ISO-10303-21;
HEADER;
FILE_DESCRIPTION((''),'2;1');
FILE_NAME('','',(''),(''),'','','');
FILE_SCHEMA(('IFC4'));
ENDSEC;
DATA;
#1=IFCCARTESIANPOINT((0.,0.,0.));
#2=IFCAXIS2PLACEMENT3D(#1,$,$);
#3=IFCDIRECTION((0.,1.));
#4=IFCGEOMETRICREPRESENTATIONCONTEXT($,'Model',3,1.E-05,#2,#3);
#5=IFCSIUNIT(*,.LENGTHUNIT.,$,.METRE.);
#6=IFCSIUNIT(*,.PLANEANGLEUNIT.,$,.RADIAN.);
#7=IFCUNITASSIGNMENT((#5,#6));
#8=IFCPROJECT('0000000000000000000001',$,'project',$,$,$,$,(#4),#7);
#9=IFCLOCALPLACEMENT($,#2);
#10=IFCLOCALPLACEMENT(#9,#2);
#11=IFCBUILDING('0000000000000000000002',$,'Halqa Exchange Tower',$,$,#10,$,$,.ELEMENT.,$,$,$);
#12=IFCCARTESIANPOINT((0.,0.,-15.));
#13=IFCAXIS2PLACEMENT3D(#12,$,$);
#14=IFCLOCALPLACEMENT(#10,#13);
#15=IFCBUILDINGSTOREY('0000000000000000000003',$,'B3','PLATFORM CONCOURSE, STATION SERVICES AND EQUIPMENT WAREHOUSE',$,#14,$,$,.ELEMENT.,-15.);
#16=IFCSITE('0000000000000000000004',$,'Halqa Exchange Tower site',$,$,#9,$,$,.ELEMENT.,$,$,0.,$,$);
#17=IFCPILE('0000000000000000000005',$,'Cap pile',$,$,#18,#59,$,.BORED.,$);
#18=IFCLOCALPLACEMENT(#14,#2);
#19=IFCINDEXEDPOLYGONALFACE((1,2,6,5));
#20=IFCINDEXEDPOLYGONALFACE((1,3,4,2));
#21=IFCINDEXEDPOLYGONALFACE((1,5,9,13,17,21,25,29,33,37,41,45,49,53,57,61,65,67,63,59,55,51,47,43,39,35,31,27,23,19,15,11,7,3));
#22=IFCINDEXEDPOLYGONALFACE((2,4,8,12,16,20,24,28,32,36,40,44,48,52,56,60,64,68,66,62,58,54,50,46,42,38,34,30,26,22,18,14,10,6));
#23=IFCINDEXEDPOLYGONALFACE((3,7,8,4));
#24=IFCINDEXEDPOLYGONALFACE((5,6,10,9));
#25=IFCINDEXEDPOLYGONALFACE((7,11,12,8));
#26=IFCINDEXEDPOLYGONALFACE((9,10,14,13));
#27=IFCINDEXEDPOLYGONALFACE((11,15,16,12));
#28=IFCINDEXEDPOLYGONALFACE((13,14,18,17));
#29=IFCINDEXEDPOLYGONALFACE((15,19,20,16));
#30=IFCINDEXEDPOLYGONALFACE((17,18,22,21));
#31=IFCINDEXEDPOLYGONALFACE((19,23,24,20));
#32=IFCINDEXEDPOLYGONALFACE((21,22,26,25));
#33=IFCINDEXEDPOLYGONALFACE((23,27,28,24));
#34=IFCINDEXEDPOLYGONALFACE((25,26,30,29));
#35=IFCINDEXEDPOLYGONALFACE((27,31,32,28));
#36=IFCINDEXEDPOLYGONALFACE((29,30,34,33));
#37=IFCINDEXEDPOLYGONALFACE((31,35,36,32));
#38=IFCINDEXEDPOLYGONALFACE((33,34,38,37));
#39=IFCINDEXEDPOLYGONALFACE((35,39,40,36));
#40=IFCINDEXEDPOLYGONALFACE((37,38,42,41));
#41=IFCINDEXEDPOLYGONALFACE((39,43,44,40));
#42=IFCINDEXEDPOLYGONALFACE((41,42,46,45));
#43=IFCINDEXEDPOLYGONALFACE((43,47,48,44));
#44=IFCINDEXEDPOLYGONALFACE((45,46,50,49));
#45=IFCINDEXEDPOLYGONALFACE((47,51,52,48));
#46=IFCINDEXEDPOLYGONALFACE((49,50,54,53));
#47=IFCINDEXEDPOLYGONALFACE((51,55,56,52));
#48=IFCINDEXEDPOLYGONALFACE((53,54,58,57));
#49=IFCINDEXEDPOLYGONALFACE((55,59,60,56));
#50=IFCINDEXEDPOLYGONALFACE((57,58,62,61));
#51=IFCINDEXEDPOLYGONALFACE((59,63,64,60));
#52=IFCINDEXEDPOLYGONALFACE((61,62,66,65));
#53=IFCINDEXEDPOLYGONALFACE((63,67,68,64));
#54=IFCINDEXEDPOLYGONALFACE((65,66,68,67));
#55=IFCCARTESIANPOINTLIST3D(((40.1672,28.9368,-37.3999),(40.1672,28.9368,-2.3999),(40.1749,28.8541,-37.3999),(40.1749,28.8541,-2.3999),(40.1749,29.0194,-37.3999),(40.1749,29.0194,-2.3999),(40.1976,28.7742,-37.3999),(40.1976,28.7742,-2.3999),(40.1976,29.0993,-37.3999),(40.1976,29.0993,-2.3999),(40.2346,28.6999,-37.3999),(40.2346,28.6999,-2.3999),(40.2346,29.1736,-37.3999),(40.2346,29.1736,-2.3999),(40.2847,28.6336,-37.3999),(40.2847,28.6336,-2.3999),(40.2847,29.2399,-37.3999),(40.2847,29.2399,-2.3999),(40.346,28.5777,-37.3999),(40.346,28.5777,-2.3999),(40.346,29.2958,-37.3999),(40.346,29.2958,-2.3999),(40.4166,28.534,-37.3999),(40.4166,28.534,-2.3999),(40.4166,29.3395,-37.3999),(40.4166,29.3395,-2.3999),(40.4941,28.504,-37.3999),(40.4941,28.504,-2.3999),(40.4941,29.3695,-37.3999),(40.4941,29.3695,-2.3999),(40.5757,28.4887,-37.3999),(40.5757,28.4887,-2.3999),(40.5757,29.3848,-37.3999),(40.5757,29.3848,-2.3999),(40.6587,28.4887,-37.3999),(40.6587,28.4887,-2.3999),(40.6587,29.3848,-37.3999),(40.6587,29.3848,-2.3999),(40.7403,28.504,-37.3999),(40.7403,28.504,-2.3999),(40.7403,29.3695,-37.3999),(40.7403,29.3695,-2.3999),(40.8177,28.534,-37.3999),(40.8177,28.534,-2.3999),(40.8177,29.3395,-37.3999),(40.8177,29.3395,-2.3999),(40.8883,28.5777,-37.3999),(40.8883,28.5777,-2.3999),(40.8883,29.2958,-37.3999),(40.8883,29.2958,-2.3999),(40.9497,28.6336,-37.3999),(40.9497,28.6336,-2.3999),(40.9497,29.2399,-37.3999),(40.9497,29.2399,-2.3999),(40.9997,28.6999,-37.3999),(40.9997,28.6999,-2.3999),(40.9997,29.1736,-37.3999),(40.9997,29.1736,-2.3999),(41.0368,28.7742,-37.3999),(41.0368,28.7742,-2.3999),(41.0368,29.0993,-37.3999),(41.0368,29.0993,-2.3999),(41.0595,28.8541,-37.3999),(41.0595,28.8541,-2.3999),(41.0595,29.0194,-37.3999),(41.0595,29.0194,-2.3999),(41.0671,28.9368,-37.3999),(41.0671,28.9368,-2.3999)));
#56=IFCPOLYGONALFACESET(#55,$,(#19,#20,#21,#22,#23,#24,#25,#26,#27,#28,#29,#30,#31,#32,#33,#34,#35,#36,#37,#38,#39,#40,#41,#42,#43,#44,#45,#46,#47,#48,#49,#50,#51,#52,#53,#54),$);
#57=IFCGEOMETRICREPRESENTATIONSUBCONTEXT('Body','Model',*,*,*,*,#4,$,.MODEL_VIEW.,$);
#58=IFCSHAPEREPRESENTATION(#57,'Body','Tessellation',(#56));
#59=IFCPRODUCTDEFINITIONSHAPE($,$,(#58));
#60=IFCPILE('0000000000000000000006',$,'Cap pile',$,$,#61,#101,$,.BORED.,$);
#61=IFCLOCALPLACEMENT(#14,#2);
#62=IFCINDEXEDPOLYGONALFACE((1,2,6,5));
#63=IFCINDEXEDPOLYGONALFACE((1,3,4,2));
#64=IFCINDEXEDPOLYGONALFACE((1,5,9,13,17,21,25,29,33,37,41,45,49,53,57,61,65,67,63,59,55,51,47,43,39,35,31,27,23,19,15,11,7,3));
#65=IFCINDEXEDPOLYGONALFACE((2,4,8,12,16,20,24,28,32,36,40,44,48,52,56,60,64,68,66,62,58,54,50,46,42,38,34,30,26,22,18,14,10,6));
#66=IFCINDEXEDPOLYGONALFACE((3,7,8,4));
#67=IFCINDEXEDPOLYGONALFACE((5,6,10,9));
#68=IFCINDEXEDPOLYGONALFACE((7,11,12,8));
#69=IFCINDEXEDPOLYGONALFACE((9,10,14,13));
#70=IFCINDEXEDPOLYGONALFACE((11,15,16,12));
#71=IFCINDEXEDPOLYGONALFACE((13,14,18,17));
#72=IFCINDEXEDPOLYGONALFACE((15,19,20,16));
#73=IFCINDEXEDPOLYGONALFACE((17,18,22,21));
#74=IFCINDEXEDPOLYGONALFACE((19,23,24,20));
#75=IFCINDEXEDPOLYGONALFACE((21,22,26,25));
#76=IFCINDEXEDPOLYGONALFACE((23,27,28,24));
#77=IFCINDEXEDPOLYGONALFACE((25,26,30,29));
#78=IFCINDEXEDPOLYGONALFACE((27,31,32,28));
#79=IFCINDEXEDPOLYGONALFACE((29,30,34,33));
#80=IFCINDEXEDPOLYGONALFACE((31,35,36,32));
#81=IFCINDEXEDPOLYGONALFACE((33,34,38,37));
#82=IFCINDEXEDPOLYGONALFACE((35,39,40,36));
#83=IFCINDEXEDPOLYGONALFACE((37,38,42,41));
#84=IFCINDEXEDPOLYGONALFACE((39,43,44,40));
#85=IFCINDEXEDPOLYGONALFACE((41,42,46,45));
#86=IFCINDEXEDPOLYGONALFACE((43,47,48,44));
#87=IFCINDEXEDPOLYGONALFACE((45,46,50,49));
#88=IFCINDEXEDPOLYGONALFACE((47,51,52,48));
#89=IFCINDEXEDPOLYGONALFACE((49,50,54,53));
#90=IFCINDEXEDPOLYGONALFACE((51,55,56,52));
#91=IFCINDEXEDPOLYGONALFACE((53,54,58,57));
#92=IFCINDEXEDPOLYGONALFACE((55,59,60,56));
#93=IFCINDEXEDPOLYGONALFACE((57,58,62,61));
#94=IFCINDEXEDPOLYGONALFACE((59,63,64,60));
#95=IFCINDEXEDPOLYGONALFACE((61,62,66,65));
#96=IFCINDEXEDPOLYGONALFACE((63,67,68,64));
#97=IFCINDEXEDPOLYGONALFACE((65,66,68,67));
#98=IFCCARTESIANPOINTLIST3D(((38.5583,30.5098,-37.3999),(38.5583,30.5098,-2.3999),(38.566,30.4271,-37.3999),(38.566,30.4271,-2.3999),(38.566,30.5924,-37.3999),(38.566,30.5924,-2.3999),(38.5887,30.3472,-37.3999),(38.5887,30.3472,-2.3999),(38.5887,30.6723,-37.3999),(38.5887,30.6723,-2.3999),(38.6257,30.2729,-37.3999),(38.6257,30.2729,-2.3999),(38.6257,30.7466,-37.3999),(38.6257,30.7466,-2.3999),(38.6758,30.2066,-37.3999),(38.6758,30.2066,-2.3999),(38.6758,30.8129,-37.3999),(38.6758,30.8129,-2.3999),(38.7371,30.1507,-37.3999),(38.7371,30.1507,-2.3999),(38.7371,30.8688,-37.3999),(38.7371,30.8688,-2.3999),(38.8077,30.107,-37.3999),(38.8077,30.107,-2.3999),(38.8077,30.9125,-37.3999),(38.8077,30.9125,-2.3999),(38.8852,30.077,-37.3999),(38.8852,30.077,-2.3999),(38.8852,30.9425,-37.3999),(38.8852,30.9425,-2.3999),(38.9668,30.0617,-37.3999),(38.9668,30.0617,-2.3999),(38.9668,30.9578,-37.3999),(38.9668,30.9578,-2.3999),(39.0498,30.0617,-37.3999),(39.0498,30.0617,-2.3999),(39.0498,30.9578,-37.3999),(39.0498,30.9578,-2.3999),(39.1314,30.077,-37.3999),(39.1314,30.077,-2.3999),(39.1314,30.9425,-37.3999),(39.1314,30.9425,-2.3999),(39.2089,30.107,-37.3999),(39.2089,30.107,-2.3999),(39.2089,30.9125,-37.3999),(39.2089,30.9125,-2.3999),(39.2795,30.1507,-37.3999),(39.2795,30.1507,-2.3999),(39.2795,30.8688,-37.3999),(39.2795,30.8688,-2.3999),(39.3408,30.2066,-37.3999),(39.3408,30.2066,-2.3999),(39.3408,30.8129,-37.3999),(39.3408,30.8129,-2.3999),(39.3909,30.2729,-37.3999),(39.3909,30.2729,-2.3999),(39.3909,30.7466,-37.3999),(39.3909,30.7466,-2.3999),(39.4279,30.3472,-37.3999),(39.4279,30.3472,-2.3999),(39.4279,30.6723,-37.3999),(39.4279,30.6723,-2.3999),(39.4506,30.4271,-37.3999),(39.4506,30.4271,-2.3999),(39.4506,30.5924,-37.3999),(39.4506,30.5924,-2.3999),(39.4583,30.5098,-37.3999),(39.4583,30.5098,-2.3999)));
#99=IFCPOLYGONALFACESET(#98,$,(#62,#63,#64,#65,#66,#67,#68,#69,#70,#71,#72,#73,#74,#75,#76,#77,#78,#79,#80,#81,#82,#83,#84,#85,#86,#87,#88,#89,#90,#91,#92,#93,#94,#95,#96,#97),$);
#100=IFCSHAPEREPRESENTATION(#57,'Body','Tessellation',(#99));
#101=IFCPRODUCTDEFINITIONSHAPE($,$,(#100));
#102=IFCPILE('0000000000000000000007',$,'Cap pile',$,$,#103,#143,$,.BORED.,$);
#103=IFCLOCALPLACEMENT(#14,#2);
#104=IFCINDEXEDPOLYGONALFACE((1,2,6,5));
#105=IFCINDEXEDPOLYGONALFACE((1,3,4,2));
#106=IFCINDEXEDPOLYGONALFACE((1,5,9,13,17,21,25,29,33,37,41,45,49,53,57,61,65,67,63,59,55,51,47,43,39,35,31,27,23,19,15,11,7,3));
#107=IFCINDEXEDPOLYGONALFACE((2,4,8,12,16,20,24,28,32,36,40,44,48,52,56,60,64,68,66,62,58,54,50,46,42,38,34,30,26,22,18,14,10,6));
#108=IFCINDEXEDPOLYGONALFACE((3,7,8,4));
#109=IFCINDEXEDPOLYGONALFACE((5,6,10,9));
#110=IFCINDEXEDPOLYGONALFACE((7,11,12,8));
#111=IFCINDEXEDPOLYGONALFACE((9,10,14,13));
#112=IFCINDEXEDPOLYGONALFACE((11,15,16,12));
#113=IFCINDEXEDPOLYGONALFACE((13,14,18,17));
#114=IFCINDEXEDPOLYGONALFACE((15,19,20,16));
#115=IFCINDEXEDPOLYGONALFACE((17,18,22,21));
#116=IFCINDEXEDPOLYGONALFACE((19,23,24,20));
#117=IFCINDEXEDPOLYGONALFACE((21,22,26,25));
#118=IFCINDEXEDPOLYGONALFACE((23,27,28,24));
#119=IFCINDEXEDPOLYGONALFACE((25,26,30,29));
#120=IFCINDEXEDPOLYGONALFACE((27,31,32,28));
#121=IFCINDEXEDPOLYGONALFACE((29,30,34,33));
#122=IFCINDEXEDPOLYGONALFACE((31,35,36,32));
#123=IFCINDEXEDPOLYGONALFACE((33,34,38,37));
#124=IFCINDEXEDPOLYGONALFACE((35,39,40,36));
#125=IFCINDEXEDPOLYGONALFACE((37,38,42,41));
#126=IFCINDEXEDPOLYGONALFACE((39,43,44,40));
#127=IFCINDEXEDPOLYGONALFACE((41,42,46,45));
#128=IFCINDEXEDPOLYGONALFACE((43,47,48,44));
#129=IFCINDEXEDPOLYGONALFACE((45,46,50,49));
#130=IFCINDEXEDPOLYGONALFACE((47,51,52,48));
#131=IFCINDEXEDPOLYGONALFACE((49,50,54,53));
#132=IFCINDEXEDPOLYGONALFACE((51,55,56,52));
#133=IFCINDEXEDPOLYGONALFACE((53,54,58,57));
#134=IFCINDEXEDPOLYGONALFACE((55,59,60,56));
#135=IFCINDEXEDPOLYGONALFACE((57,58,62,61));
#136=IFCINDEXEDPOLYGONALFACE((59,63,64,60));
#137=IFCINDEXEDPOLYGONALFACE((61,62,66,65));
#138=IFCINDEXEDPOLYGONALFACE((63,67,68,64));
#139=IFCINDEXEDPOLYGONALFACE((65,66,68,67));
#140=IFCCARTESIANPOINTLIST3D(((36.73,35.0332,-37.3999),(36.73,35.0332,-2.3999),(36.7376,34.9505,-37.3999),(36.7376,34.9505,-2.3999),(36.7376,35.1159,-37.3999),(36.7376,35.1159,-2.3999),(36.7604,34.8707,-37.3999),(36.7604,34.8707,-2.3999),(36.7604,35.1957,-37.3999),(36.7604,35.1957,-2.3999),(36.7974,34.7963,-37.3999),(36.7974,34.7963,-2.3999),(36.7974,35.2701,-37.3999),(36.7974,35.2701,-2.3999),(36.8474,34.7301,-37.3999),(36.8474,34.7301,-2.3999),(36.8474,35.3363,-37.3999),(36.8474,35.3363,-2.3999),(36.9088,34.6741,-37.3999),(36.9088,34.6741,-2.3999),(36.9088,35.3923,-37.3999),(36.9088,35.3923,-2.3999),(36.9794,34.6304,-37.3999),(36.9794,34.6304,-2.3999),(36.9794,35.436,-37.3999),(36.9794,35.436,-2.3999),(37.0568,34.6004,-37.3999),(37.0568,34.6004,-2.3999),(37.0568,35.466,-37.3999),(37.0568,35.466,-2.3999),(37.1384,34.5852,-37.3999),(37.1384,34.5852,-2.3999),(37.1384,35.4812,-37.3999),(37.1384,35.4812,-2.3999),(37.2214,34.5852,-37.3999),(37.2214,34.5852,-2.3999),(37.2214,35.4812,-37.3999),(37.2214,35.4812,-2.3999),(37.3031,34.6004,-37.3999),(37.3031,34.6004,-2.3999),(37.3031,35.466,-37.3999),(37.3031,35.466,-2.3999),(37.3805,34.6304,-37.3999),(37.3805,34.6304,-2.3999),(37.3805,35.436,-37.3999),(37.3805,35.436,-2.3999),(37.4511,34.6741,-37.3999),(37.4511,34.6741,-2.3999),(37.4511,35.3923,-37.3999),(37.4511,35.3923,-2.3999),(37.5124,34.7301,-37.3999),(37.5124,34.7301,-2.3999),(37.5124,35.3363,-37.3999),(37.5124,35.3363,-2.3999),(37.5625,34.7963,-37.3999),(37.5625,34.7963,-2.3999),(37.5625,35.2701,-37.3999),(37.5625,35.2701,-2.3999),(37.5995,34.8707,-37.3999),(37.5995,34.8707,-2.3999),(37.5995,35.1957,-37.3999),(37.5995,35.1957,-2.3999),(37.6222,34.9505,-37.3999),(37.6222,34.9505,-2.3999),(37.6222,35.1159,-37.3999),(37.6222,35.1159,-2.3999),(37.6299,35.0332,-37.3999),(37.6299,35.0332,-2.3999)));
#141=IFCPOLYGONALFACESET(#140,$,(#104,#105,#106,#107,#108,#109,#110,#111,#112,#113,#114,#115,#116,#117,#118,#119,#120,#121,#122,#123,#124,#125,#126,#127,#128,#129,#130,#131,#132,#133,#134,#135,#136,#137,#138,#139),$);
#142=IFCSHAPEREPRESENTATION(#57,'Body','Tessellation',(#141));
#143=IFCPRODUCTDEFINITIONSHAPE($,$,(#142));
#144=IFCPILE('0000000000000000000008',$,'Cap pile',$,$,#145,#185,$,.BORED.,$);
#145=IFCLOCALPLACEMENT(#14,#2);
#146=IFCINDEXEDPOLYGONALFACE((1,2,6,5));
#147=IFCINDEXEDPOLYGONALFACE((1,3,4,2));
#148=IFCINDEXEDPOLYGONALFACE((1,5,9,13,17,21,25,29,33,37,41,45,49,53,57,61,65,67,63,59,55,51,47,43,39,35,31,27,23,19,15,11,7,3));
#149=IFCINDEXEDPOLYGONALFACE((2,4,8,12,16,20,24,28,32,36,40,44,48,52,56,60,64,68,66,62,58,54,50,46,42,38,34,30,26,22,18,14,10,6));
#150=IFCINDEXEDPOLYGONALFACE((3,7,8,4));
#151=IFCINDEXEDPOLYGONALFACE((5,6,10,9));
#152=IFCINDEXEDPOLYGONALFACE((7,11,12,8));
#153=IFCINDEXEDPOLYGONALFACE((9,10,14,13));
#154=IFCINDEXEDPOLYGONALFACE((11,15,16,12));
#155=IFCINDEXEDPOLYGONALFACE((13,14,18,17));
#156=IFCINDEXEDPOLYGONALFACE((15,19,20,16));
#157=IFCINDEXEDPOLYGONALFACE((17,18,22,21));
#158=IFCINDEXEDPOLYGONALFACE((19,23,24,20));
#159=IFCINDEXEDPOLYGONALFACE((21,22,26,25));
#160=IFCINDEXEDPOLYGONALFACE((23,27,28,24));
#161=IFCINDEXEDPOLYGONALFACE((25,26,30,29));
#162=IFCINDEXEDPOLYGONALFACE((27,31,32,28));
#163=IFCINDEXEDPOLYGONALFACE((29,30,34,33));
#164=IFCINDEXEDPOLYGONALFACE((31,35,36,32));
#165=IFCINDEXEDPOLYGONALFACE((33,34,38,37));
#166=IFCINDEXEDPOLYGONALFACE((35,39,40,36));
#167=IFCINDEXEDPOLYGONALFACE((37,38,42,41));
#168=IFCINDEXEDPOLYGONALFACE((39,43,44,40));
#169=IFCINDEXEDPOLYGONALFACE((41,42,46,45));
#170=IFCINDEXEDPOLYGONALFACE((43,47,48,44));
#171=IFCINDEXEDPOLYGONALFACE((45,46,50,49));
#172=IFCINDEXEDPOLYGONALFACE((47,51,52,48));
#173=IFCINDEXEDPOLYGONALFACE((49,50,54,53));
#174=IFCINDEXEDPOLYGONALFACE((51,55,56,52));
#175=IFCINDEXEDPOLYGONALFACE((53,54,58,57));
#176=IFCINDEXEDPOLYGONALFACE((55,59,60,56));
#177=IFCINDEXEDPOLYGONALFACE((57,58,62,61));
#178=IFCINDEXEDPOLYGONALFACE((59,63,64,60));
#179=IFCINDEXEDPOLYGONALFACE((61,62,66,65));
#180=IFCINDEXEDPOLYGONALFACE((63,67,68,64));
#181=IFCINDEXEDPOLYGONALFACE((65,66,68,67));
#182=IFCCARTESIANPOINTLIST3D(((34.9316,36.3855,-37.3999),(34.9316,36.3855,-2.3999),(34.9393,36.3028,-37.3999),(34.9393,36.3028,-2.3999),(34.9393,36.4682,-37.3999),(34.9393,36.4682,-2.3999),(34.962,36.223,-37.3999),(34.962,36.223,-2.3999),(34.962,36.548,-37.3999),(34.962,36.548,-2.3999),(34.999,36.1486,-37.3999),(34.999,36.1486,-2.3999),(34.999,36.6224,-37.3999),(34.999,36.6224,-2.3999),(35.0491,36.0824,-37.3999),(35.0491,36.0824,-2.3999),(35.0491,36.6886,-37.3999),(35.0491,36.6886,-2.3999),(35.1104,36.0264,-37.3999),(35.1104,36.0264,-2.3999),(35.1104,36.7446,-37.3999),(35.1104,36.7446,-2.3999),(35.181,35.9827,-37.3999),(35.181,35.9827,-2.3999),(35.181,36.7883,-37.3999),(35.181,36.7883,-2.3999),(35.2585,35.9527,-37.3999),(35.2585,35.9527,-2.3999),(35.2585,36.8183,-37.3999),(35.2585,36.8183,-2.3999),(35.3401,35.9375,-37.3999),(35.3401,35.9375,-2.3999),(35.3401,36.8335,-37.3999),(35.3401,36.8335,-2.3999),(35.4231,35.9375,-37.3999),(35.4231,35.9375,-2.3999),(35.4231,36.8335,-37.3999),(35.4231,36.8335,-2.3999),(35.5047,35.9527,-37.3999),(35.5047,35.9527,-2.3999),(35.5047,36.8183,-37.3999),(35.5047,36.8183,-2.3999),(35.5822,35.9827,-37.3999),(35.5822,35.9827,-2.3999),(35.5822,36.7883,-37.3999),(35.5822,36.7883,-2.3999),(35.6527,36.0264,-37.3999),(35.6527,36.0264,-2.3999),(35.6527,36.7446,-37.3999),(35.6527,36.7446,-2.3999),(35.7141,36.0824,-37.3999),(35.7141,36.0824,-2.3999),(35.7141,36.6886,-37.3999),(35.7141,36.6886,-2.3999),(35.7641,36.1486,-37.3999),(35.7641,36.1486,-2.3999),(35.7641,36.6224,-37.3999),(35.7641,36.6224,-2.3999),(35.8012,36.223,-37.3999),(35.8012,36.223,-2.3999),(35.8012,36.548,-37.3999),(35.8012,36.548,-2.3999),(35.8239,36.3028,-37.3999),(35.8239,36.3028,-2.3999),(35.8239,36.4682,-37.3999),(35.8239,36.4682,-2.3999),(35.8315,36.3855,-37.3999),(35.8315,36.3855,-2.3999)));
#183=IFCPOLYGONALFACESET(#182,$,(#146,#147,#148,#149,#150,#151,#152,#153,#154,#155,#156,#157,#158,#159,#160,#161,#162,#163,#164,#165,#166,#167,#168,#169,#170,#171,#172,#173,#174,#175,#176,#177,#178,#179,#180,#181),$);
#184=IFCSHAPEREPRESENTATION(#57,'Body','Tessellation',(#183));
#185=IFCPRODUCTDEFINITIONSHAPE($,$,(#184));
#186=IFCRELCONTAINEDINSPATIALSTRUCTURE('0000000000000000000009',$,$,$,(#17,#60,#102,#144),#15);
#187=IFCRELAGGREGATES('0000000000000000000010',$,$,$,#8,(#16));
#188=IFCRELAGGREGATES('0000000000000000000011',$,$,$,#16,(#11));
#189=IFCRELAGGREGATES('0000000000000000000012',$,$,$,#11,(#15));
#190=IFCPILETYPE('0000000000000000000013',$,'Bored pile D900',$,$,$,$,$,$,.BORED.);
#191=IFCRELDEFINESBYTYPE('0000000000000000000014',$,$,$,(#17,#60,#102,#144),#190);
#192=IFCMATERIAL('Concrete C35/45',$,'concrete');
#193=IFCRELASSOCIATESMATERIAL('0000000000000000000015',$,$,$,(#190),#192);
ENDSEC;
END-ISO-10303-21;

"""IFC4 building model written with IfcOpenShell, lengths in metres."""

from ifc_helpers import new_model, si_unit, direction, frame, origin, origin_2d, place, context, subcontext, project, spatial, circle, extrude, material, material_profile, profile_set, type_object, element, save


model = new_model("IFC4")

# Units and contexts
model_context = context("Model", 3, precision=1e-05, world=origin(), true_north=direction((0.0, 1.0)))
body_context = subcontext(model_context, "Body", "Model", "MODEL_VIEW")
ifc_project = project(units=[si_unit("LENGTHUNIT", "METRE"), si_unit("PLANEANGLEUNIT", "RADIAN")], contexts=[model_context])

# Site, building, storey
site_placement = place(None, origin())
site = spatial("IfcSite", under=ifc_project, at=site_placement, Name="Halqa Exchange Tower site", CompositionType="ELEMENT", RefElevation=0.0)
building_placement = place(site_placement, origin())
building = spatial("IfcBuilding", under=site, at=building_placement, Name="Halqa Exchange Tower", CompositionType="ELEMENT")
storey_placement = place(building_placement, frame((0.0, 0.0, -15.0)))
storey = spatial("IfcBuildingStorey", under=building, at=storey_placement, Name="B3", Description="PLATFORM CONCOURSE, STATION SERVICES AND EQUIPMENT WAREHOUSE", CompositionType="ELEMENT", Elevation=-15.0)

# Piles
ifc_material_1 = material(Name="Concrete C35/45", Category="concrete")
ifc_material_profile_1 = material_profile(ifc_material_1, circle(Radius=0.45, at=origin_2d()), Name="D900")
ifc_profile_set_1 = profile_set([ifc_material_profile_1], Name="Concrete C35/45")
pile_type = type_object("IfcPileType", Name="Bored pile D900", PredefinedType="BORED", material=ifc_profile_set_1)
for number, where, z_axis, x_axis, name in (
    (1, (40.6172, 28.9368, -2.3999), (0.0, 0.0, -1.0), (1.0, 0.0, 0.0), "Cap pile"),
    (2, (39.0083, 30.5098, -2.3999), (0.0, 0.0, -1.0), (1.0, 0.0, 0.0), "Cap pile"),
    (3, (37.1799, 35.0332, -2.3999), (0.0, 0.0, -1.0), (1.0, 0.0, 0.0), "Cap pile"),
    (4, (35.3816, 36.3855, -2.3999), (0.0, 0.0, -1.0), (1.0, 0.0, 0.0), "Cap pile"),
):
    element("IfcPile", number, at=place(storey_placement, frame(where, z_axis=z_axis, x_axis=x_axis)), inside=storey, type_object=pile_type, Name=name, PredefinedType="BORED", context=body_context, shape_type="SweptSolid", body=[
        extrude(circle(Radius=0.45, at=origin_2d()), origin(), (0.0, 0.0, 1.0), 35.0),
    ])

save(model, "model.ifc")
